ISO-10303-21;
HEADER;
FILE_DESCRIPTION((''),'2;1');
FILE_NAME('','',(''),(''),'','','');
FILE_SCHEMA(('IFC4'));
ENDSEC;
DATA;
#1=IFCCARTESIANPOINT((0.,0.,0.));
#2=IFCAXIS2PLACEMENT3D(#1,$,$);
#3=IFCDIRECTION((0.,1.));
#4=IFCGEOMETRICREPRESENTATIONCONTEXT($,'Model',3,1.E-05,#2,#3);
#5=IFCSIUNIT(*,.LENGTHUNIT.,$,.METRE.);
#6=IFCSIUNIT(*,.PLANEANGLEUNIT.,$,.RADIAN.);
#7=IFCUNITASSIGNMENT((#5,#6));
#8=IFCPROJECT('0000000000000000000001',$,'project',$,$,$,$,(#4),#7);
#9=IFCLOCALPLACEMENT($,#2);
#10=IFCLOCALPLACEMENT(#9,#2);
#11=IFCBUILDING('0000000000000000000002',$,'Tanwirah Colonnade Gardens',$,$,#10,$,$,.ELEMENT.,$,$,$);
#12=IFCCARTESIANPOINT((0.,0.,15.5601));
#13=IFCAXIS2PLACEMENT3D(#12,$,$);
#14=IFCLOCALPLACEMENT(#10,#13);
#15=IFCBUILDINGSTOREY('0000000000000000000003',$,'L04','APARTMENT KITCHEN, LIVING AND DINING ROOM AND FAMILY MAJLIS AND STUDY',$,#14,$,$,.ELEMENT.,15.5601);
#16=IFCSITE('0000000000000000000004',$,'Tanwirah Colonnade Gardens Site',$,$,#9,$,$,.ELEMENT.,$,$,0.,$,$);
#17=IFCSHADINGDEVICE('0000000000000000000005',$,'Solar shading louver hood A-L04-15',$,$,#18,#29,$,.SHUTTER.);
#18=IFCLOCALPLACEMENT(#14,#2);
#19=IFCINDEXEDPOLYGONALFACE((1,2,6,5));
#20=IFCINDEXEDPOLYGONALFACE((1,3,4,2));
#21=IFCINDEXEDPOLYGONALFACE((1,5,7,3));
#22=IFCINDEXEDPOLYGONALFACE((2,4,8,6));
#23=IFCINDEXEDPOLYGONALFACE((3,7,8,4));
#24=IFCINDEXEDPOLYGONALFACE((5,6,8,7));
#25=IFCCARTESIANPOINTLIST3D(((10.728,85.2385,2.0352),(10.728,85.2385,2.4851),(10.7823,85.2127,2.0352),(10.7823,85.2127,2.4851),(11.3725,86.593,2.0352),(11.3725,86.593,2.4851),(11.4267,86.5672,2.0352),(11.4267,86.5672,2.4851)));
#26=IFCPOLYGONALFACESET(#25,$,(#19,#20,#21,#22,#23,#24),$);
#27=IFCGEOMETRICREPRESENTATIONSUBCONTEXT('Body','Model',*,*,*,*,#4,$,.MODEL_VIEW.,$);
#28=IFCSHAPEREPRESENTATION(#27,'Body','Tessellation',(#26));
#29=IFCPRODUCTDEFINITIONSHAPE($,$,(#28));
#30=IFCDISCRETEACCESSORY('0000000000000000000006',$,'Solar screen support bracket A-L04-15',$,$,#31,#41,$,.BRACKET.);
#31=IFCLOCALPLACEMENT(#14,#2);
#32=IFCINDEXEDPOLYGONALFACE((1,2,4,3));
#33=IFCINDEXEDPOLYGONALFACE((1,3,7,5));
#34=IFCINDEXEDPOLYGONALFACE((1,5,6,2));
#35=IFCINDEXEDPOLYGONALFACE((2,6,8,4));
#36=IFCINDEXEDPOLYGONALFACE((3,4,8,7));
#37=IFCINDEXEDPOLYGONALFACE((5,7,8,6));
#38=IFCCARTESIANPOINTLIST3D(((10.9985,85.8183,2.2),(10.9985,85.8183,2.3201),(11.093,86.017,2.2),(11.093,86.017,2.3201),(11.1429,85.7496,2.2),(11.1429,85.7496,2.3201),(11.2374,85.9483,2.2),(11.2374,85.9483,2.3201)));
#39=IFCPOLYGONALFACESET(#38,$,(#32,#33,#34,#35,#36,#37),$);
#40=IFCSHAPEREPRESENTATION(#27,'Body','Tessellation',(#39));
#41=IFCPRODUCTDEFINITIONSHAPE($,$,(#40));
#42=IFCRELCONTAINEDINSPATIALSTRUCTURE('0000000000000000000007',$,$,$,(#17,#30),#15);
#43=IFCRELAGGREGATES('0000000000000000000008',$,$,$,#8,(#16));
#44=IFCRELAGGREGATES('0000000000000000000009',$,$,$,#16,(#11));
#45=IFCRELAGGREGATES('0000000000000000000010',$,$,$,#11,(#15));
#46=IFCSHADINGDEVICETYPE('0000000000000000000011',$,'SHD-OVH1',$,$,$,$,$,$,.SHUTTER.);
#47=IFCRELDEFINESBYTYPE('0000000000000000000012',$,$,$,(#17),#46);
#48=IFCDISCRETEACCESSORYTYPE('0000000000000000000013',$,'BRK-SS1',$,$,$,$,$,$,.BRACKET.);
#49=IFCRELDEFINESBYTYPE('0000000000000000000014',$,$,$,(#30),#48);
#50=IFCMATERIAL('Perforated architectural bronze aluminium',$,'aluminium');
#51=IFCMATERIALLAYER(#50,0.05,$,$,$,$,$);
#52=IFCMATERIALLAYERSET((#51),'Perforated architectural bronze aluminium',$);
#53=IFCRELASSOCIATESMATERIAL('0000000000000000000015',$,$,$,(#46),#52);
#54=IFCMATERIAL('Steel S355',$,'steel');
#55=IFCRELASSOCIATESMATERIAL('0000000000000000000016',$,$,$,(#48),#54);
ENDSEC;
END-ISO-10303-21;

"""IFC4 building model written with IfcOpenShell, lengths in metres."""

from ifc_helpers import new_model, si_unit, direction, frame, origin, origin_2d, place, context, subcontext, project, spatial, rectangle, extrude, material, layer, layer_set, type_object, element, save


model = new_model("IFC4")

# Units and contexts
model_context = context("Model", 3, precision=1e-05, world=origin(), true_north=direction((0.0, 1.0)))
body_context = subcontext(model_context, "Body", "Model", "MODEL_VIEW")
ifc_project = project(units=[si_unit("LENGTHUNIT", "METRE"), si_unit("PLANEANGLEUNIT", "RADIAN")], contexts=[model_context])

# Site, building, storey
site_placement = place(None, origin())
site = spatial("IfcSite", under=ifc_project, at=site_placement, Name="Tanwirah Colonnade Gardens Site", CompositionType="ELEMENT", RefElevation=0.0)
building_placement = place(site_placement, origin())
building = spatial("IfcBuilding", under=site, at=building_placement, Name="Tanwirah Colonnade Gardens", CompositionType="ELEMENT")
storey_placement = place(building_placement, frame((0.0, 0.0, 15.5601)))
storey = spatial("IfcBuildingStorey", under=building, at=storey_placement, Name="L04", Description="APARTMENT KITCHEN, LIVING AND DINING ROOM AND FAMILY MAJLIS AND STUDY", CompositionType="ELEMENT", Elevation=15.5601)

# Shading device
ifc_material_1 = material(Name="Perforated architectural bronze aluminium", Category="aluminium")
ifc_layer_1 = layer(ifc_material_1, 0.05)
ifc_layer_set_1 = layer_set([ifc_layer_1], Name="Perforated architectural bronze aluminium")
shading_device_type = type_object("IfcShadingDeviceType", Name="SHD-OVH1", PredefinedType="SHUTTER", material=ifc_layer_set_1)
shading_device_placement = place(storey_placement, frame((11.0774, 85.9028, 2.0352), z_axis=(0.0, 0.0, 1.0), x_axis=(-0.429636, -0.903002, 0.0)))
element("IfcShadingDevice", 1, at=shading_device_placement, inside=storey, type_object=shading_device_type, Name="Solar shading louver hood A-L04-15", PredefinedType="SHUTTER", context=body_context, shape_type="SweptSolid", body=[
    extrude(rectangle(XDim=1.5, YDim=0.0601, at=origin_2d()), origin(), (0.0, 0.0, 1.0), 0.45),
])

# Discrete accessory
ifc_material_2 = material(Name="Steel S355", Category="steel")
discrete_accessory_type = type_object("IfcDiscreteAccessoryType", Name="BRK-SS1", PredefinedType="BRACKET", material=ifc_material_2)
discrete_accessory_placement = place(storey_placement, frame((11.1179, 85.8833, 2.2), z_axis=(0.0, 0.0, 1.0), x_axis=(-0.429636, -0.903002, 0.0)))
element("IfcDiscreteAccessory", 2, at=discrete_accessory_placement, inside=storey, type_object=discrete_accessory_type, Name="Solar screen support bracket A-L04-15", PredefinedType="BRACKET", context=body_context, shape_type="SweptSolid", body=[
    extrude(rectangle(XDim=0.22, YDim=0.1599, at=origin_2d()), origin(), (0.0, 0.0, 1.0), 0.1201),
])

save(model, "model.ifc")
